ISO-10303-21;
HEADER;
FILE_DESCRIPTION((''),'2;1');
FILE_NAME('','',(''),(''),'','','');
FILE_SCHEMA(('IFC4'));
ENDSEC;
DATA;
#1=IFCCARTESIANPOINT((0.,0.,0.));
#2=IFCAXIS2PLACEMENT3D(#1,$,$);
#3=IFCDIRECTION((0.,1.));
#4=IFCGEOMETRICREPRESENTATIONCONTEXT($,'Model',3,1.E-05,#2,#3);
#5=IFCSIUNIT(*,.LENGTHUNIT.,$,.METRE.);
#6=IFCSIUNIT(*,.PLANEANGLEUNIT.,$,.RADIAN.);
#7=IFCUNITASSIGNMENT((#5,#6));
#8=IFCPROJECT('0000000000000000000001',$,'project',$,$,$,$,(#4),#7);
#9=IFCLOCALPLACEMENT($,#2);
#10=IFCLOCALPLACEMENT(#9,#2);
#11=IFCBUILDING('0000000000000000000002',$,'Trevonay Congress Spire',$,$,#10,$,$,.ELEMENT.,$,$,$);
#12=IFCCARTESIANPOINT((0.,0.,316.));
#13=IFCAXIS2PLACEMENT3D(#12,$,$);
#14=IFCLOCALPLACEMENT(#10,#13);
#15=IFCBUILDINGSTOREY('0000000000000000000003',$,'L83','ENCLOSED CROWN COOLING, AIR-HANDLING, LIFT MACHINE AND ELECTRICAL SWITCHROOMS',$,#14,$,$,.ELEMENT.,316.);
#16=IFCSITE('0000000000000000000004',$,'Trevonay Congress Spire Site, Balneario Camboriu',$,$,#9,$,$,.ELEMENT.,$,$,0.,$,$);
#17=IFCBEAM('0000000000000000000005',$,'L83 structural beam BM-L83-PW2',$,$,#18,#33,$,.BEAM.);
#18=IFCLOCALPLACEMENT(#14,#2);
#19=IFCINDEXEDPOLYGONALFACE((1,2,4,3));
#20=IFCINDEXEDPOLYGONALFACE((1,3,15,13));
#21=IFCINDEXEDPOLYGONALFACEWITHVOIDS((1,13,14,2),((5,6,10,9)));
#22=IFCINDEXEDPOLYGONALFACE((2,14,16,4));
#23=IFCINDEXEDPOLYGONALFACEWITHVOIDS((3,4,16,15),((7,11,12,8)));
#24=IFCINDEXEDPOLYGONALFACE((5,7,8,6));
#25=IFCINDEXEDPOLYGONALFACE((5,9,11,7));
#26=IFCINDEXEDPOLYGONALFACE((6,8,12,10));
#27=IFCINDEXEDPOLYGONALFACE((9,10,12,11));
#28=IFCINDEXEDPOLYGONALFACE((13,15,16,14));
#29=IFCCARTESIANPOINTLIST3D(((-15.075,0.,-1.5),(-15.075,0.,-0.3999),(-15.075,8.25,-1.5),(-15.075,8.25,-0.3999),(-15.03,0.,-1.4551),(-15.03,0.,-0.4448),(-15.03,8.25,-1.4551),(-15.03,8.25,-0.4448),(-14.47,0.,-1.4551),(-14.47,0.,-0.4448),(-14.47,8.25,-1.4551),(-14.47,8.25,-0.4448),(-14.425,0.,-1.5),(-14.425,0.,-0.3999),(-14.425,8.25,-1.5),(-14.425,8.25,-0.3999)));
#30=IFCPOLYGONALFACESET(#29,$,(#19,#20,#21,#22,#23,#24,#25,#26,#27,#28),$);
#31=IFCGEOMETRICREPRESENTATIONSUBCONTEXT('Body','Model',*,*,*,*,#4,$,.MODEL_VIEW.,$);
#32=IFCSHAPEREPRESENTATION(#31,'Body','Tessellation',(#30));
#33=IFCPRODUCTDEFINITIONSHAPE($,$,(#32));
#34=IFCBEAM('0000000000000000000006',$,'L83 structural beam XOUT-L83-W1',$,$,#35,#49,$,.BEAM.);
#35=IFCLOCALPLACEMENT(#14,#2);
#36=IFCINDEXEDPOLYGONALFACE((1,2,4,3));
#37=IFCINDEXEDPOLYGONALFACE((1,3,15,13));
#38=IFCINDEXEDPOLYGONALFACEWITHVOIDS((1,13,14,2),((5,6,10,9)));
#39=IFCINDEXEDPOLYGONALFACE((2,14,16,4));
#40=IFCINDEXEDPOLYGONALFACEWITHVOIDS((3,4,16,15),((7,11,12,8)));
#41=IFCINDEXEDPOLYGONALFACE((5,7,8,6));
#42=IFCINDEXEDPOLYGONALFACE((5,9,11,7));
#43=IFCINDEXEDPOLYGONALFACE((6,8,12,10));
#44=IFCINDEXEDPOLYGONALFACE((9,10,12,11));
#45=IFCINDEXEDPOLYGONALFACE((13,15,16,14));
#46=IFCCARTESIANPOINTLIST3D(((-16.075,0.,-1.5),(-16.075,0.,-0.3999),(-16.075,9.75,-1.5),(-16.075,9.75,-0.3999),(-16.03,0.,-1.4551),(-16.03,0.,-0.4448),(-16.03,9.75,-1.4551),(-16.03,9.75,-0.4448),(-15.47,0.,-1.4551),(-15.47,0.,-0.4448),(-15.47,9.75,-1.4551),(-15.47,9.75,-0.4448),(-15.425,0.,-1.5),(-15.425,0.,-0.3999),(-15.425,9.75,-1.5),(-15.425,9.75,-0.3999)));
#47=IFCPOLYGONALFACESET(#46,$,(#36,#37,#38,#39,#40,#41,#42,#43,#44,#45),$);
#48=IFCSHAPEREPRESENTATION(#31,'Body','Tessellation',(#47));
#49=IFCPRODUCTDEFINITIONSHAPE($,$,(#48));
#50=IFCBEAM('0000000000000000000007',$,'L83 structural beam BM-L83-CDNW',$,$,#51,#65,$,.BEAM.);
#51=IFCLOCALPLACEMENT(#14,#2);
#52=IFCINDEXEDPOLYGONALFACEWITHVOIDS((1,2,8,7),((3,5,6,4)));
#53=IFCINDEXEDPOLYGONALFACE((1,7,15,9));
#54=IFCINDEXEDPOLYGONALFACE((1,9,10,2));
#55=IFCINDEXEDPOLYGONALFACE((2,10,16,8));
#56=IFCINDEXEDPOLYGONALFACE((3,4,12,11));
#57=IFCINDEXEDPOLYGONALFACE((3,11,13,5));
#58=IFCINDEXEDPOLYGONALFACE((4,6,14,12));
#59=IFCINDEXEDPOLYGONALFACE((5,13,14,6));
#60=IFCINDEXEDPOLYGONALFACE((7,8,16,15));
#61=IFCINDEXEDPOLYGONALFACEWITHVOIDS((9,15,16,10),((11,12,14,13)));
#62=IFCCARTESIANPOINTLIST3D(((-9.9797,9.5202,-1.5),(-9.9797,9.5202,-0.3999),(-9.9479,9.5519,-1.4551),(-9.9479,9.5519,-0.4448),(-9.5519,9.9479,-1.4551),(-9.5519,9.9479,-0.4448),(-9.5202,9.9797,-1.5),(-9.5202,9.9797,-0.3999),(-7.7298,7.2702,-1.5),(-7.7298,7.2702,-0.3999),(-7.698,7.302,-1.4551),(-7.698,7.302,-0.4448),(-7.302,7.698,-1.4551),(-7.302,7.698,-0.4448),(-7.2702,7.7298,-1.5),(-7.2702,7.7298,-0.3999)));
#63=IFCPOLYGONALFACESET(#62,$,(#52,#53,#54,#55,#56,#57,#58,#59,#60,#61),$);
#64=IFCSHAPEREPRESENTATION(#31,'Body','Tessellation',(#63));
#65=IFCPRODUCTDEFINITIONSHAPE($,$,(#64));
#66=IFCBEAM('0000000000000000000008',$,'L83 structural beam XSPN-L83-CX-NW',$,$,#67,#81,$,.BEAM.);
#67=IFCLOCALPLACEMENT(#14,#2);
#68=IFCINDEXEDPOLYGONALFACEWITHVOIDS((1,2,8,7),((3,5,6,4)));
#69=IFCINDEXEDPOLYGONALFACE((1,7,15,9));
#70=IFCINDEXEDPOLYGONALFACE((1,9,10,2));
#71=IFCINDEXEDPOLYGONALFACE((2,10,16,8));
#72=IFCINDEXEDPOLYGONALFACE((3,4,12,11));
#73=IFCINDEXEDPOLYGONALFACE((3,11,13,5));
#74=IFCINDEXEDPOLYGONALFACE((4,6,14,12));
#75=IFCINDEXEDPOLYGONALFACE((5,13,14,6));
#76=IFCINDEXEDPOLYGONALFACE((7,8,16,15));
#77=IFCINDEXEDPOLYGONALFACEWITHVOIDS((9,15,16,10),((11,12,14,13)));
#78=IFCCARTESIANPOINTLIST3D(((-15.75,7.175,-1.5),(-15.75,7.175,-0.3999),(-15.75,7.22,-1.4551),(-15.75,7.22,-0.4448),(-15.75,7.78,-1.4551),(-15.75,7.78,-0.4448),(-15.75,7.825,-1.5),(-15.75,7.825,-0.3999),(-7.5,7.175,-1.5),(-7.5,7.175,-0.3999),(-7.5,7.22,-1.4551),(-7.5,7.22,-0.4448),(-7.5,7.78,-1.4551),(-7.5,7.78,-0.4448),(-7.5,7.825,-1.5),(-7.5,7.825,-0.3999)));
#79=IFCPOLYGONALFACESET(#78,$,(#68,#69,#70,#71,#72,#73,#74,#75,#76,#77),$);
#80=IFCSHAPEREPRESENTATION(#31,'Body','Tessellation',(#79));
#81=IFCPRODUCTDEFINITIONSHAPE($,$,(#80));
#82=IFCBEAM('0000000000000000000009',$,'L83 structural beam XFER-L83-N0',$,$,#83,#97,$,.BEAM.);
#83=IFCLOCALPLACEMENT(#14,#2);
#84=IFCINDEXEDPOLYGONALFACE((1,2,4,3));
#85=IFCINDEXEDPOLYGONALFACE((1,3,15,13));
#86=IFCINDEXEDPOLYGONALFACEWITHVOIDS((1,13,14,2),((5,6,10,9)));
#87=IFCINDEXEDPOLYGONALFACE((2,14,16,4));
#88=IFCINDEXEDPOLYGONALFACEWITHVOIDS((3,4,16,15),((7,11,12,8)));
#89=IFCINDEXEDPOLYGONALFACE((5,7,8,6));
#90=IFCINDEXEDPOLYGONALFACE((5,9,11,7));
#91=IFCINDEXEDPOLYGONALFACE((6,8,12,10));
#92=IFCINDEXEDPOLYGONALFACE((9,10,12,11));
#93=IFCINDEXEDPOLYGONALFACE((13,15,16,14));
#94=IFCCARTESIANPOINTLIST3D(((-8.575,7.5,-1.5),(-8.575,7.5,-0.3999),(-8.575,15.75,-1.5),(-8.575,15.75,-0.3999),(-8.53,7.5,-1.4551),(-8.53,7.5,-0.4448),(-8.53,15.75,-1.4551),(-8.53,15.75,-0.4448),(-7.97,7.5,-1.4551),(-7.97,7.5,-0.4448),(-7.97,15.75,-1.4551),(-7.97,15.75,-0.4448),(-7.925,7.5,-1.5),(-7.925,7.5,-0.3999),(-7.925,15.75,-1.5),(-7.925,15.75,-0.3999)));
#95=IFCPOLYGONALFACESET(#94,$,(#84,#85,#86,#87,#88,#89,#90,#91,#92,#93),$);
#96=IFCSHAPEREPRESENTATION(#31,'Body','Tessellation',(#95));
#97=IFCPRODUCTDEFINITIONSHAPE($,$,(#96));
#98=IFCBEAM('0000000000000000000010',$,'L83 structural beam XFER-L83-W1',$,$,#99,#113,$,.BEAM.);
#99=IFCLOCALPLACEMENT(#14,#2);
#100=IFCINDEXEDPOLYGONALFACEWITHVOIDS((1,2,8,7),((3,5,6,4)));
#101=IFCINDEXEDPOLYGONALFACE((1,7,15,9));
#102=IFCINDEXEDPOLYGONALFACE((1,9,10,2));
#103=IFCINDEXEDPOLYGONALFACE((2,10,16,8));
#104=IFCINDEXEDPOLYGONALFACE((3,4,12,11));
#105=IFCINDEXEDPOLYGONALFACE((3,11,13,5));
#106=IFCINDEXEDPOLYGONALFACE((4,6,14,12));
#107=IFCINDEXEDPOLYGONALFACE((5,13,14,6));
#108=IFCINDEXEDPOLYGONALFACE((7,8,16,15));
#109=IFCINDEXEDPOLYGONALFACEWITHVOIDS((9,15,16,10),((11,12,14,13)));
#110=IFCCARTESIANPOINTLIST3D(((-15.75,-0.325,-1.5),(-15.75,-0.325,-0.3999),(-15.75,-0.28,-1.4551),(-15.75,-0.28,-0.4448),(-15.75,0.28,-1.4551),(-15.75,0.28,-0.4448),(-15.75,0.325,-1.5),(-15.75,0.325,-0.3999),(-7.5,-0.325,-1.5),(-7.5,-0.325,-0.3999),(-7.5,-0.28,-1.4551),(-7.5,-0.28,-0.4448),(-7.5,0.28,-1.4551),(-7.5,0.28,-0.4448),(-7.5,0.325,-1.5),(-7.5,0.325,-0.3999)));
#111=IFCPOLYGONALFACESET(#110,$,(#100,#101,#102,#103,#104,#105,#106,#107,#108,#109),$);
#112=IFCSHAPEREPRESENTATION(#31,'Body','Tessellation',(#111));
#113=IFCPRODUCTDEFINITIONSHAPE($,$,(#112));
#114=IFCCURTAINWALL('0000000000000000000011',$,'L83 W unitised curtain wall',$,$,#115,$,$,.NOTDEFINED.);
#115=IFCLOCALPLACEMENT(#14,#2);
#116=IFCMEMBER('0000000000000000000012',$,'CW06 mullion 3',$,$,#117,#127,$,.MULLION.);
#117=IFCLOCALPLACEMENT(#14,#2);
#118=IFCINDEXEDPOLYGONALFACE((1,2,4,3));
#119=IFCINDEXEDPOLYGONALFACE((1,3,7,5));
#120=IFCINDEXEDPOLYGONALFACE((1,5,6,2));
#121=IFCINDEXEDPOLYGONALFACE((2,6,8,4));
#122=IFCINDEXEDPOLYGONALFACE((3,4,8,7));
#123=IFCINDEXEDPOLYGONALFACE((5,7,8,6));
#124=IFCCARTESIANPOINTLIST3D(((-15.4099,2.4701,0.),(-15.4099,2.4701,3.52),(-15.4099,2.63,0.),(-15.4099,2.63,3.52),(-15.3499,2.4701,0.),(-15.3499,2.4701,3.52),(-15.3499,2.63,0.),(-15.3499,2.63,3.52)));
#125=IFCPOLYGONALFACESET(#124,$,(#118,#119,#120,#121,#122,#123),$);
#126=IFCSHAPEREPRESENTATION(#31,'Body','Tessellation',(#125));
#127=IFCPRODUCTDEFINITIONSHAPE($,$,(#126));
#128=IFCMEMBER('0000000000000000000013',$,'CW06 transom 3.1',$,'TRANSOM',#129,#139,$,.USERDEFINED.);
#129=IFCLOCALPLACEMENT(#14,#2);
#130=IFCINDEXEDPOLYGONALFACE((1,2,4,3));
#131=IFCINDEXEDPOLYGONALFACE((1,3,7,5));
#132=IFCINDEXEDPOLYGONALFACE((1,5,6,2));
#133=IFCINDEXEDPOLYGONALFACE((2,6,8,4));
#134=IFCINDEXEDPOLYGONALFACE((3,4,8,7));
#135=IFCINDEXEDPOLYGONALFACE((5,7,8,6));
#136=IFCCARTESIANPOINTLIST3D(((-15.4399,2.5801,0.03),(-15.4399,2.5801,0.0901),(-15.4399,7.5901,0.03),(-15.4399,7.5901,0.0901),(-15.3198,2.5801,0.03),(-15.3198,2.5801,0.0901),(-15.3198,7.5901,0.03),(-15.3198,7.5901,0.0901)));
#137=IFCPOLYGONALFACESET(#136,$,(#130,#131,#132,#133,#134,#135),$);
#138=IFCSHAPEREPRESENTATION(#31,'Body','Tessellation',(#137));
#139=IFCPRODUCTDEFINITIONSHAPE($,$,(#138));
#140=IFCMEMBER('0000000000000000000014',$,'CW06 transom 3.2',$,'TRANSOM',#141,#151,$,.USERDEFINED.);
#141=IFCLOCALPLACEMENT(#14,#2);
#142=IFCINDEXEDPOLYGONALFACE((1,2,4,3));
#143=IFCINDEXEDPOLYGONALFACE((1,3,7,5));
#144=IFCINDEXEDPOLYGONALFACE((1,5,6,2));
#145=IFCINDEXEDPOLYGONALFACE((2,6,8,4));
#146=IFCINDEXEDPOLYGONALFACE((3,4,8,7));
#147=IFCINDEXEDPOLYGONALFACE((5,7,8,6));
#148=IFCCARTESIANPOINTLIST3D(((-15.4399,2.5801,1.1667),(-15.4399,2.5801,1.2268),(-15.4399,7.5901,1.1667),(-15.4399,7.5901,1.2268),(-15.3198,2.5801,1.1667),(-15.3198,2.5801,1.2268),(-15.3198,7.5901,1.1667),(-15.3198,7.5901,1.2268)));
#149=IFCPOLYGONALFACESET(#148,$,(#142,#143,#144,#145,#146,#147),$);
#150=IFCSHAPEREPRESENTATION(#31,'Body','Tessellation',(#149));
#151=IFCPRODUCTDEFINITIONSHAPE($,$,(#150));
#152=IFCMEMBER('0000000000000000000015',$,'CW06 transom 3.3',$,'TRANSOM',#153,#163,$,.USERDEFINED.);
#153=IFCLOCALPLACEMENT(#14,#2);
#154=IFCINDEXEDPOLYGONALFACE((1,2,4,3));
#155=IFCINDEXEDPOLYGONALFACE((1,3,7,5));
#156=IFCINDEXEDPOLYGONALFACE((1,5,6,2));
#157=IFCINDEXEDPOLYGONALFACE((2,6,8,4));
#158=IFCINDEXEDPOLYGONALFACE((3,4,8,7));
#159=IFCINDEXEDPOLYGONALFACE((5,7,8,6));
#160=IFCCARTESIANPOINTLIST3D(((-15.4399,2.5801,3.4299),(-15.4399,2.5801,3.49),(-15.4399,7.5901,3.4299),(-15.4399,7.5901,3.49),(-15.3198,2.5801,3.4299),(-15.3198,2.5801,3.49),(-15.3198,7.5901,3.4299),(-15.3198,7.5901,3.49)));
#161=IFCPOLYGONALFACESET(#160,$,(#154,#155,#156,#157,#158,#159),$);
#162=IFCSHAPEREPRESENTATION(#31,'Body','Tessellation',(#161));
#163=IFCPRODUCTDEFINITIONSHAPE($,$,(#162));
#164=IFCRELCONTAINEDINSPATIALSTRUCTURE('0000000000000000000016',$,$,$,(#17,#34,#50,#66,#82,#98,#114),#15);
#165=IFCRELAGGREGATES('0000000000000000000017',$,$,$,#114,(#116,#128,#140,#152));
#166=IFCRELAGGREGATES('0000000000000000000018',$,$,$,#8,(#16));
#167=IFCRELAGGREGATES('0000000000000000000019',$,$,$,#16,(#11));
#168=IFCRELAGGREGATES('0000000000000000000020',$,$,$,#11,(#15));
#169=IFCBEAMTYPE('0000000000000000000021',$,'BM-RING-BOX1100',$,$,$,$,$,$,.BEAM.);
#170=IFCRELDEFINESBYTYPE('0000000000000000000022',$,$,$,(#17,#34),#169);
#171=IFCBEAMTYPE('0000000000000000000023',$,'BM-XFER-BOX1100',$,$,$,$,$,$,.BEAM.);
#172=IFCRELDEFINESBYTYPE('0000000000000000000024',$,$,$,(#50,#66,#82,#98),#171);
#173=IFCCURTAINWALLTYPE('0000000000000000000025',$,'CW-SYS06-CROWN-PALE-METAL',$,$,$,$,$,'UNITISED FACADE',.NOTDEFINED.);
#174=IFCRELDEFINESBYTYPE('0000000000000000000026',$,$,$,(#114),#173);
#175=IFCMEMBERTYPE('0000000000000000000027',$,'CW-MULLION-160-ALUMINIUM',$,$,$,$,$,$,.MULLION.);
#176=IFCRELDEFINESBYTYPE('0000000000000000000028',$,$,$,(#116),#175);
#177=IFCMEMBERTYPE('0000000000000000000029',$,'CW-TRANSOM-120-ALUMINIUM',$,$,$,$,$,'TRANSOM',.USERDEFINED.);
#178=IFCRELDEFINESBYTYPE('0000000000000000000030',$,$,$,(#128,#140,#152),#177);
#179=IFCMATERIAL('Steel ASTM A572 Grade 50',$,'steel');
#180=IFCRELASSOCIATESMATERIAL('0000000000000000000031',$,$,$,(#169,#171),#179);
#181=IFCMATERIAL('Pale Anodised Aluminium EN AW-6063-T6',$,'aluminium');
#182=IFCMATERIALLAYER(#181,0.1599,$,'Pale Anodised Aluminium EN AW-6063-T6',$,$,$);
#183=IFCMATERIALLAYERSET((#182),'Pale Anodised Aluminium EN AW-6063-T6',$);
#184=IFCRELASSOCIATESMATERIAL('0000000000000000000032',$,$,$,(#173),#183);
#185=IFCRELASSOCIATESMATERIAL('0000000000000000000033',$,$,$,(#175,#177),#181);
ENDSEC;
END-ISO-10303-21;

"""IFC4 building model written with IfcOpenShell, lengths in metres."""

from ifc_helpers import new_model, si_unit, direction, frame, origin, origin_2d, place, context, subcontext, project, spatial, rectangle, hollow_rectangle, extrude, material, layer, layer_set, material_profile, profile_set, type_object, element, aggregate, save


model = new_model("IFC4")

# Units and contexts
model_context = context("Model", 3, precision=1e-05, world=origin(), true_north=direction((0.0, 1.0)))
body_context = subcontext(model_context, "Body", "Model", "MODEL_VIEW")
ifc_project = project(units=[si_unit("LENGTHUNIT", "METRE"), si_unit("PLANEANGLEUNIT", "RADIAN")], contexts=[model_context])

# Site, building, storey
site_placement = place(None, origin())
site = spatial("IfcSite", under=ifc_project, at=site_placement, Name="Trevonay Congress Spire Site, Balneario Camboriu", CompositionType="ELEMENT", RefElevation=0.0)
building_placement = place(site_placement, origin())
building = spatial("IfcBuilding", under=site, at=building_placement, Name="Trevonay Congress Spire", CompositionType="ELEMENT")
storey_placement = place(building_placement, frame((0.0, 0.0, 316.0)))
storey = spatial("IfcBuildingStorey", under=building, at=storey_placement, Name="L83", Description="ENCLOSED CROWN COOLING, AIR-HANDLING, LIFT MACHINE AND ELECTRICAL SWITCHROOMS", CompositionType="ELEMENT", Elevation=316.0)

# Shared definitions
ifc_material_1 = material(Name="Steel ASTM A572 Grade 50", Category="steel")

# Beams
ifc_material_profile_1 = material_profile(ifc_material_1, hollow_rectangle(XDim=0.6499, YDim=1.1001, WallThickness=0.0449, at=origin_2d()), Name="BOX 1100x650x45")
ifc_profile_set_1 = profile_set([ifc_material_profile_1], Name="Steel ASTM A572 Grade 50")
beam_type_1 = type_object("IfcBeamType", Name="BM-RING-BOX1100", PredefinedType="BEAM", material=ifc_profile_set_1)
beam_1_placement = place(storey_placement, frame((-14.75, 0.0, -0.95), z_axis=(0.0, 1.0, 0.0), x_axis=(-1.0, 0.0, 0.0)))
element("IfcBeam", 1, at=beam_1_placement, inside=storey, type_object=beam_type_1, Name="L83 structural beam BM-L83-PW2", PredefinedType="BEAM", context=body_context, shape_type="SweptSolid", body=[
    extrude(hollow_rectangle(XDim=0.6499, YDim=1.1001, WallThickness=0.0449, at=origin_2d()), origin(), (0.0, 0.0, 1.0), 8.25),
])
beam_2_placement = place(storey_placement, frame((-15.75, 0.0, -0.95), z_axis=(0.0, 1.0, 0.0), x_axis=(-1.0, 0.0, 0.0)))
element("IfcBeam", 2, at=beam_2_placement, inside=storey, type_object=beam_type_1, Name="L83 structural beam XOUT-L83-W1", PredefinedType="BEAM", context=body_context, shape_type="SweptSolid", body=[
    extrude(hollow_rectangle(XDim=0.6499, YDim=1.1001, WallThickness=0.0449, at=origin_2d()), origin(), (0.0, 0.0, 1.0), 9.75),
])
ifc_material_profile_2 = material_profile(ifc_material_1, hollow_rectangle(XDim=0.6499, YDim=1.1001, WallThickness=0.0449, at=origin_2d()), Name="BOX 1100x650x45")
ifc_profile_set_2 = profile_set([ifc_material_profile_2], Name="Steel ASTM A572 Grade 50")
beam_type_2 = type_object("IfcBeamType", Name="BM-XFER-BOX1100", PredefinedType="BEAM", material=ifc_profile_set_2)
beam_3_placement = place(storey_placement, frame((-7.5, 7.5, -0.95), z_axis=(-0.707107, 0.707107, 0.0), x_axis=(-0.707107, -0.707107, 0.0)))
element("IfcBeam", 3, at=beam_3_placement, inside=storey, type_object=beam_type_2, Name="L83 structural beam BM-L83-CDNW", PredefinedType="BEAM", context=body_context, shape_type="SweptSolid", body=[
    extrude(hollow_rectangle(XDim=0.6499, YDim=1.1001, WallThickness=0.0449, at=origin_2d()), origin(), (0.0, 0.0, 1.0), 3.1819),
])
for number, where, z_axis, x_axis, name in (
    (4, (-7.5, 7.5, -0.95), (-1.0, 0.0, 0.0), (0.0, -1.0, 0.0), "L83 structural beam XSPN-L83-CX-NW"),
    (5, (-8.25, 7.5, -0.95), (0.0, 1.0, 0.0), (-1.0, 0.0, 0.0), "L83 structural beam XFER-L83-N0"),
    (6, (-7.5, 0.0, -0.95), (-1.0, 0.0, 0.0), (0.0, -1.0, 0.0), "L83 structural beam XFER-L83-W1"),
):
    element("IfcBeam", number, at=place(storey_placement, frame(where, z_axis=z_axis, x_axis=x_axis)), inside=storey, type_object=beam_type_2, Name=name, PredefinedType="BEAM", context=body_context, shape_type="SweptSolid", body=[
        extrude(hollow_rectangle(XDim=0.6499, YDim=1.1001, WallThickness=0.0449, at=origin_2d()), origin(), (0.0, 0.0, 1.0), 8.25),
    ])

# Curtain wall, members
ifc_material_2 = material(Name="Pale Anodised Aluminium EN AW-6063-T6", Category="aluminium")
ifc_layer_1 = layer(ifc_material_2, 0.1599, Name="Pale Anodised Aluminium EN AW-6063-T6")
ifc_layer_set_1 = layer_set([ifc_layer_1], Name="Pale Anodised Aluminium EN AW-6063-T6")
curtain_wall_type = type_object("IfcCurtainWallType", Name="CW-SYS06-CROWN-PALE-METAL", ElementType="UNITISED FACADE", PredefinedType="NOTDEFINED", material=ifc_layer_set_1)
curtain_wall_placement = place(storey_placement, origin())
curtain_wall = element("IfcCurtainWall", 7, at=curtain_wall_placement, inside=storey, type_object=curtain_wall_type, Name="L83 W unitised curtain wall", PredefinedType="NOTDEFINED")
ifc_material_profile_3 = material_profile(ifc_material_2, rectangle(XDim=0.0601, YDim=0.1599, at=origin_2d()), Name="CW-MULLION-160-ALUMINIUM")
ifc_profile_set_3 = profile_set([ifc_material_profile_3], Name="Pale Anodised Aluminium EN AW-6063-T6")
member_type_1 = type_object("IfcMemberType", Name="CW-MULLION-160-ALUMINIUM", PredefinedType="MULLION", material=ifc_profile_set_3)
member_1_placement = place(storey_placement, frame((-15.3799, 2.55, 0.0), z_axis=(0.0, 0.0, 1.0), x_axis=(-1.0, 0.0, 0.0)))
member_1 = element("IfcMember", 8, at=member_1_placement, type_object=member_type_1, Name="CW06 mullion 3", PredefinedType="MULLION", context=body_context, shape_type="SweptSolid", body=[
    extrude(rectangle(XDim=0.0601, YDim=0.1599, at=origin_2d()), origin(), (0.0, 0.0, 1.0), 3.52),
])
ifc_material_profile_4 = material_profile(ifc_material_2, rectangle(XDim=0.1201, YDim=0.0601, at=origin_2d()), Name="CW-TRANSOM-120-ALUMINIUM")
ifc_profile_set_4 = profile_set([ifc_material_profile_4], Name="Pale Anodised Aluminium EN AW-6063-T6")
member_type_2 = type_object("IfcMemberType", Name="CW-TRANSOM-120-ALUMINIUM", ElementType="TRANSOM", PredefinedType="USERDEFINED", material=ifc_profile_set_4)
member_2_placement = place(storey_placement, frame((-15.3799, 2.5801, 0.0601), z_axis=(0.0, 1.0, 0.0), x_axis=(-1.0, 0.0, 0.0)))
member_2 = element("IfcMember", 9, at=member_2_placement, type_object=member_type_2, Name="CW06 transom 3.1", ObjectType="TRANSOM", PredefinedType="USERDEFINED", context=body_context, shape_type="SweptSolid", body=[
    extrude(rectangle(XDim=0.1201, YDim=0.0601, at=origin_2d()), origin(), (0.0, 0.0, 1.0), 5.01),
])
member_3_placement = place(storey_placement, frame((-15.3799, 2.5801, 1.1968), z_axis=(0.0, 1.0, 0.0), x_axis=(-1.0, 0.0, 0.0)))
member_3 = element("IfcMember", 10, at=member_3_placement, type_object=member_type_2, Name="CW06 transom 3.2", ObjectType="TRANSOM", PredefinedType="USERDEFINED", context=body_context, shape_type="SweptSolid", body=[
    extrude(rectangle(XDim=0.1201, YDim=0.0601, at=origin_2d()), origin(), (0.0, 0.0, 1.0), 5.01),
])
member_4_placement = place(storey_placement, frame((-15.3799, 2.5801, 3.46), z_axis=(0.0, 1.0, 0.0), x_axis=(-1.0, 0.0, 0.0)))
member_4 = element("IfcMember", 11, at=member_4_placement, type_object=member_type_2, Name="CW06 transom 3.3", ObjectType="TRANSOM", PredefinedType="USERDEFINED", context=body_context, shape_type="SweptSolid", body=[
    extrude(rectangle(XDim=0.1201, YDim=0.0601, at=origin_2d()), origin(), (0.0, 0.0, 1.0), 5.01),
])

aggregate(curtain_wall, [member_1, member_2, member_3, member_4])

save(model, "model.ifc")
